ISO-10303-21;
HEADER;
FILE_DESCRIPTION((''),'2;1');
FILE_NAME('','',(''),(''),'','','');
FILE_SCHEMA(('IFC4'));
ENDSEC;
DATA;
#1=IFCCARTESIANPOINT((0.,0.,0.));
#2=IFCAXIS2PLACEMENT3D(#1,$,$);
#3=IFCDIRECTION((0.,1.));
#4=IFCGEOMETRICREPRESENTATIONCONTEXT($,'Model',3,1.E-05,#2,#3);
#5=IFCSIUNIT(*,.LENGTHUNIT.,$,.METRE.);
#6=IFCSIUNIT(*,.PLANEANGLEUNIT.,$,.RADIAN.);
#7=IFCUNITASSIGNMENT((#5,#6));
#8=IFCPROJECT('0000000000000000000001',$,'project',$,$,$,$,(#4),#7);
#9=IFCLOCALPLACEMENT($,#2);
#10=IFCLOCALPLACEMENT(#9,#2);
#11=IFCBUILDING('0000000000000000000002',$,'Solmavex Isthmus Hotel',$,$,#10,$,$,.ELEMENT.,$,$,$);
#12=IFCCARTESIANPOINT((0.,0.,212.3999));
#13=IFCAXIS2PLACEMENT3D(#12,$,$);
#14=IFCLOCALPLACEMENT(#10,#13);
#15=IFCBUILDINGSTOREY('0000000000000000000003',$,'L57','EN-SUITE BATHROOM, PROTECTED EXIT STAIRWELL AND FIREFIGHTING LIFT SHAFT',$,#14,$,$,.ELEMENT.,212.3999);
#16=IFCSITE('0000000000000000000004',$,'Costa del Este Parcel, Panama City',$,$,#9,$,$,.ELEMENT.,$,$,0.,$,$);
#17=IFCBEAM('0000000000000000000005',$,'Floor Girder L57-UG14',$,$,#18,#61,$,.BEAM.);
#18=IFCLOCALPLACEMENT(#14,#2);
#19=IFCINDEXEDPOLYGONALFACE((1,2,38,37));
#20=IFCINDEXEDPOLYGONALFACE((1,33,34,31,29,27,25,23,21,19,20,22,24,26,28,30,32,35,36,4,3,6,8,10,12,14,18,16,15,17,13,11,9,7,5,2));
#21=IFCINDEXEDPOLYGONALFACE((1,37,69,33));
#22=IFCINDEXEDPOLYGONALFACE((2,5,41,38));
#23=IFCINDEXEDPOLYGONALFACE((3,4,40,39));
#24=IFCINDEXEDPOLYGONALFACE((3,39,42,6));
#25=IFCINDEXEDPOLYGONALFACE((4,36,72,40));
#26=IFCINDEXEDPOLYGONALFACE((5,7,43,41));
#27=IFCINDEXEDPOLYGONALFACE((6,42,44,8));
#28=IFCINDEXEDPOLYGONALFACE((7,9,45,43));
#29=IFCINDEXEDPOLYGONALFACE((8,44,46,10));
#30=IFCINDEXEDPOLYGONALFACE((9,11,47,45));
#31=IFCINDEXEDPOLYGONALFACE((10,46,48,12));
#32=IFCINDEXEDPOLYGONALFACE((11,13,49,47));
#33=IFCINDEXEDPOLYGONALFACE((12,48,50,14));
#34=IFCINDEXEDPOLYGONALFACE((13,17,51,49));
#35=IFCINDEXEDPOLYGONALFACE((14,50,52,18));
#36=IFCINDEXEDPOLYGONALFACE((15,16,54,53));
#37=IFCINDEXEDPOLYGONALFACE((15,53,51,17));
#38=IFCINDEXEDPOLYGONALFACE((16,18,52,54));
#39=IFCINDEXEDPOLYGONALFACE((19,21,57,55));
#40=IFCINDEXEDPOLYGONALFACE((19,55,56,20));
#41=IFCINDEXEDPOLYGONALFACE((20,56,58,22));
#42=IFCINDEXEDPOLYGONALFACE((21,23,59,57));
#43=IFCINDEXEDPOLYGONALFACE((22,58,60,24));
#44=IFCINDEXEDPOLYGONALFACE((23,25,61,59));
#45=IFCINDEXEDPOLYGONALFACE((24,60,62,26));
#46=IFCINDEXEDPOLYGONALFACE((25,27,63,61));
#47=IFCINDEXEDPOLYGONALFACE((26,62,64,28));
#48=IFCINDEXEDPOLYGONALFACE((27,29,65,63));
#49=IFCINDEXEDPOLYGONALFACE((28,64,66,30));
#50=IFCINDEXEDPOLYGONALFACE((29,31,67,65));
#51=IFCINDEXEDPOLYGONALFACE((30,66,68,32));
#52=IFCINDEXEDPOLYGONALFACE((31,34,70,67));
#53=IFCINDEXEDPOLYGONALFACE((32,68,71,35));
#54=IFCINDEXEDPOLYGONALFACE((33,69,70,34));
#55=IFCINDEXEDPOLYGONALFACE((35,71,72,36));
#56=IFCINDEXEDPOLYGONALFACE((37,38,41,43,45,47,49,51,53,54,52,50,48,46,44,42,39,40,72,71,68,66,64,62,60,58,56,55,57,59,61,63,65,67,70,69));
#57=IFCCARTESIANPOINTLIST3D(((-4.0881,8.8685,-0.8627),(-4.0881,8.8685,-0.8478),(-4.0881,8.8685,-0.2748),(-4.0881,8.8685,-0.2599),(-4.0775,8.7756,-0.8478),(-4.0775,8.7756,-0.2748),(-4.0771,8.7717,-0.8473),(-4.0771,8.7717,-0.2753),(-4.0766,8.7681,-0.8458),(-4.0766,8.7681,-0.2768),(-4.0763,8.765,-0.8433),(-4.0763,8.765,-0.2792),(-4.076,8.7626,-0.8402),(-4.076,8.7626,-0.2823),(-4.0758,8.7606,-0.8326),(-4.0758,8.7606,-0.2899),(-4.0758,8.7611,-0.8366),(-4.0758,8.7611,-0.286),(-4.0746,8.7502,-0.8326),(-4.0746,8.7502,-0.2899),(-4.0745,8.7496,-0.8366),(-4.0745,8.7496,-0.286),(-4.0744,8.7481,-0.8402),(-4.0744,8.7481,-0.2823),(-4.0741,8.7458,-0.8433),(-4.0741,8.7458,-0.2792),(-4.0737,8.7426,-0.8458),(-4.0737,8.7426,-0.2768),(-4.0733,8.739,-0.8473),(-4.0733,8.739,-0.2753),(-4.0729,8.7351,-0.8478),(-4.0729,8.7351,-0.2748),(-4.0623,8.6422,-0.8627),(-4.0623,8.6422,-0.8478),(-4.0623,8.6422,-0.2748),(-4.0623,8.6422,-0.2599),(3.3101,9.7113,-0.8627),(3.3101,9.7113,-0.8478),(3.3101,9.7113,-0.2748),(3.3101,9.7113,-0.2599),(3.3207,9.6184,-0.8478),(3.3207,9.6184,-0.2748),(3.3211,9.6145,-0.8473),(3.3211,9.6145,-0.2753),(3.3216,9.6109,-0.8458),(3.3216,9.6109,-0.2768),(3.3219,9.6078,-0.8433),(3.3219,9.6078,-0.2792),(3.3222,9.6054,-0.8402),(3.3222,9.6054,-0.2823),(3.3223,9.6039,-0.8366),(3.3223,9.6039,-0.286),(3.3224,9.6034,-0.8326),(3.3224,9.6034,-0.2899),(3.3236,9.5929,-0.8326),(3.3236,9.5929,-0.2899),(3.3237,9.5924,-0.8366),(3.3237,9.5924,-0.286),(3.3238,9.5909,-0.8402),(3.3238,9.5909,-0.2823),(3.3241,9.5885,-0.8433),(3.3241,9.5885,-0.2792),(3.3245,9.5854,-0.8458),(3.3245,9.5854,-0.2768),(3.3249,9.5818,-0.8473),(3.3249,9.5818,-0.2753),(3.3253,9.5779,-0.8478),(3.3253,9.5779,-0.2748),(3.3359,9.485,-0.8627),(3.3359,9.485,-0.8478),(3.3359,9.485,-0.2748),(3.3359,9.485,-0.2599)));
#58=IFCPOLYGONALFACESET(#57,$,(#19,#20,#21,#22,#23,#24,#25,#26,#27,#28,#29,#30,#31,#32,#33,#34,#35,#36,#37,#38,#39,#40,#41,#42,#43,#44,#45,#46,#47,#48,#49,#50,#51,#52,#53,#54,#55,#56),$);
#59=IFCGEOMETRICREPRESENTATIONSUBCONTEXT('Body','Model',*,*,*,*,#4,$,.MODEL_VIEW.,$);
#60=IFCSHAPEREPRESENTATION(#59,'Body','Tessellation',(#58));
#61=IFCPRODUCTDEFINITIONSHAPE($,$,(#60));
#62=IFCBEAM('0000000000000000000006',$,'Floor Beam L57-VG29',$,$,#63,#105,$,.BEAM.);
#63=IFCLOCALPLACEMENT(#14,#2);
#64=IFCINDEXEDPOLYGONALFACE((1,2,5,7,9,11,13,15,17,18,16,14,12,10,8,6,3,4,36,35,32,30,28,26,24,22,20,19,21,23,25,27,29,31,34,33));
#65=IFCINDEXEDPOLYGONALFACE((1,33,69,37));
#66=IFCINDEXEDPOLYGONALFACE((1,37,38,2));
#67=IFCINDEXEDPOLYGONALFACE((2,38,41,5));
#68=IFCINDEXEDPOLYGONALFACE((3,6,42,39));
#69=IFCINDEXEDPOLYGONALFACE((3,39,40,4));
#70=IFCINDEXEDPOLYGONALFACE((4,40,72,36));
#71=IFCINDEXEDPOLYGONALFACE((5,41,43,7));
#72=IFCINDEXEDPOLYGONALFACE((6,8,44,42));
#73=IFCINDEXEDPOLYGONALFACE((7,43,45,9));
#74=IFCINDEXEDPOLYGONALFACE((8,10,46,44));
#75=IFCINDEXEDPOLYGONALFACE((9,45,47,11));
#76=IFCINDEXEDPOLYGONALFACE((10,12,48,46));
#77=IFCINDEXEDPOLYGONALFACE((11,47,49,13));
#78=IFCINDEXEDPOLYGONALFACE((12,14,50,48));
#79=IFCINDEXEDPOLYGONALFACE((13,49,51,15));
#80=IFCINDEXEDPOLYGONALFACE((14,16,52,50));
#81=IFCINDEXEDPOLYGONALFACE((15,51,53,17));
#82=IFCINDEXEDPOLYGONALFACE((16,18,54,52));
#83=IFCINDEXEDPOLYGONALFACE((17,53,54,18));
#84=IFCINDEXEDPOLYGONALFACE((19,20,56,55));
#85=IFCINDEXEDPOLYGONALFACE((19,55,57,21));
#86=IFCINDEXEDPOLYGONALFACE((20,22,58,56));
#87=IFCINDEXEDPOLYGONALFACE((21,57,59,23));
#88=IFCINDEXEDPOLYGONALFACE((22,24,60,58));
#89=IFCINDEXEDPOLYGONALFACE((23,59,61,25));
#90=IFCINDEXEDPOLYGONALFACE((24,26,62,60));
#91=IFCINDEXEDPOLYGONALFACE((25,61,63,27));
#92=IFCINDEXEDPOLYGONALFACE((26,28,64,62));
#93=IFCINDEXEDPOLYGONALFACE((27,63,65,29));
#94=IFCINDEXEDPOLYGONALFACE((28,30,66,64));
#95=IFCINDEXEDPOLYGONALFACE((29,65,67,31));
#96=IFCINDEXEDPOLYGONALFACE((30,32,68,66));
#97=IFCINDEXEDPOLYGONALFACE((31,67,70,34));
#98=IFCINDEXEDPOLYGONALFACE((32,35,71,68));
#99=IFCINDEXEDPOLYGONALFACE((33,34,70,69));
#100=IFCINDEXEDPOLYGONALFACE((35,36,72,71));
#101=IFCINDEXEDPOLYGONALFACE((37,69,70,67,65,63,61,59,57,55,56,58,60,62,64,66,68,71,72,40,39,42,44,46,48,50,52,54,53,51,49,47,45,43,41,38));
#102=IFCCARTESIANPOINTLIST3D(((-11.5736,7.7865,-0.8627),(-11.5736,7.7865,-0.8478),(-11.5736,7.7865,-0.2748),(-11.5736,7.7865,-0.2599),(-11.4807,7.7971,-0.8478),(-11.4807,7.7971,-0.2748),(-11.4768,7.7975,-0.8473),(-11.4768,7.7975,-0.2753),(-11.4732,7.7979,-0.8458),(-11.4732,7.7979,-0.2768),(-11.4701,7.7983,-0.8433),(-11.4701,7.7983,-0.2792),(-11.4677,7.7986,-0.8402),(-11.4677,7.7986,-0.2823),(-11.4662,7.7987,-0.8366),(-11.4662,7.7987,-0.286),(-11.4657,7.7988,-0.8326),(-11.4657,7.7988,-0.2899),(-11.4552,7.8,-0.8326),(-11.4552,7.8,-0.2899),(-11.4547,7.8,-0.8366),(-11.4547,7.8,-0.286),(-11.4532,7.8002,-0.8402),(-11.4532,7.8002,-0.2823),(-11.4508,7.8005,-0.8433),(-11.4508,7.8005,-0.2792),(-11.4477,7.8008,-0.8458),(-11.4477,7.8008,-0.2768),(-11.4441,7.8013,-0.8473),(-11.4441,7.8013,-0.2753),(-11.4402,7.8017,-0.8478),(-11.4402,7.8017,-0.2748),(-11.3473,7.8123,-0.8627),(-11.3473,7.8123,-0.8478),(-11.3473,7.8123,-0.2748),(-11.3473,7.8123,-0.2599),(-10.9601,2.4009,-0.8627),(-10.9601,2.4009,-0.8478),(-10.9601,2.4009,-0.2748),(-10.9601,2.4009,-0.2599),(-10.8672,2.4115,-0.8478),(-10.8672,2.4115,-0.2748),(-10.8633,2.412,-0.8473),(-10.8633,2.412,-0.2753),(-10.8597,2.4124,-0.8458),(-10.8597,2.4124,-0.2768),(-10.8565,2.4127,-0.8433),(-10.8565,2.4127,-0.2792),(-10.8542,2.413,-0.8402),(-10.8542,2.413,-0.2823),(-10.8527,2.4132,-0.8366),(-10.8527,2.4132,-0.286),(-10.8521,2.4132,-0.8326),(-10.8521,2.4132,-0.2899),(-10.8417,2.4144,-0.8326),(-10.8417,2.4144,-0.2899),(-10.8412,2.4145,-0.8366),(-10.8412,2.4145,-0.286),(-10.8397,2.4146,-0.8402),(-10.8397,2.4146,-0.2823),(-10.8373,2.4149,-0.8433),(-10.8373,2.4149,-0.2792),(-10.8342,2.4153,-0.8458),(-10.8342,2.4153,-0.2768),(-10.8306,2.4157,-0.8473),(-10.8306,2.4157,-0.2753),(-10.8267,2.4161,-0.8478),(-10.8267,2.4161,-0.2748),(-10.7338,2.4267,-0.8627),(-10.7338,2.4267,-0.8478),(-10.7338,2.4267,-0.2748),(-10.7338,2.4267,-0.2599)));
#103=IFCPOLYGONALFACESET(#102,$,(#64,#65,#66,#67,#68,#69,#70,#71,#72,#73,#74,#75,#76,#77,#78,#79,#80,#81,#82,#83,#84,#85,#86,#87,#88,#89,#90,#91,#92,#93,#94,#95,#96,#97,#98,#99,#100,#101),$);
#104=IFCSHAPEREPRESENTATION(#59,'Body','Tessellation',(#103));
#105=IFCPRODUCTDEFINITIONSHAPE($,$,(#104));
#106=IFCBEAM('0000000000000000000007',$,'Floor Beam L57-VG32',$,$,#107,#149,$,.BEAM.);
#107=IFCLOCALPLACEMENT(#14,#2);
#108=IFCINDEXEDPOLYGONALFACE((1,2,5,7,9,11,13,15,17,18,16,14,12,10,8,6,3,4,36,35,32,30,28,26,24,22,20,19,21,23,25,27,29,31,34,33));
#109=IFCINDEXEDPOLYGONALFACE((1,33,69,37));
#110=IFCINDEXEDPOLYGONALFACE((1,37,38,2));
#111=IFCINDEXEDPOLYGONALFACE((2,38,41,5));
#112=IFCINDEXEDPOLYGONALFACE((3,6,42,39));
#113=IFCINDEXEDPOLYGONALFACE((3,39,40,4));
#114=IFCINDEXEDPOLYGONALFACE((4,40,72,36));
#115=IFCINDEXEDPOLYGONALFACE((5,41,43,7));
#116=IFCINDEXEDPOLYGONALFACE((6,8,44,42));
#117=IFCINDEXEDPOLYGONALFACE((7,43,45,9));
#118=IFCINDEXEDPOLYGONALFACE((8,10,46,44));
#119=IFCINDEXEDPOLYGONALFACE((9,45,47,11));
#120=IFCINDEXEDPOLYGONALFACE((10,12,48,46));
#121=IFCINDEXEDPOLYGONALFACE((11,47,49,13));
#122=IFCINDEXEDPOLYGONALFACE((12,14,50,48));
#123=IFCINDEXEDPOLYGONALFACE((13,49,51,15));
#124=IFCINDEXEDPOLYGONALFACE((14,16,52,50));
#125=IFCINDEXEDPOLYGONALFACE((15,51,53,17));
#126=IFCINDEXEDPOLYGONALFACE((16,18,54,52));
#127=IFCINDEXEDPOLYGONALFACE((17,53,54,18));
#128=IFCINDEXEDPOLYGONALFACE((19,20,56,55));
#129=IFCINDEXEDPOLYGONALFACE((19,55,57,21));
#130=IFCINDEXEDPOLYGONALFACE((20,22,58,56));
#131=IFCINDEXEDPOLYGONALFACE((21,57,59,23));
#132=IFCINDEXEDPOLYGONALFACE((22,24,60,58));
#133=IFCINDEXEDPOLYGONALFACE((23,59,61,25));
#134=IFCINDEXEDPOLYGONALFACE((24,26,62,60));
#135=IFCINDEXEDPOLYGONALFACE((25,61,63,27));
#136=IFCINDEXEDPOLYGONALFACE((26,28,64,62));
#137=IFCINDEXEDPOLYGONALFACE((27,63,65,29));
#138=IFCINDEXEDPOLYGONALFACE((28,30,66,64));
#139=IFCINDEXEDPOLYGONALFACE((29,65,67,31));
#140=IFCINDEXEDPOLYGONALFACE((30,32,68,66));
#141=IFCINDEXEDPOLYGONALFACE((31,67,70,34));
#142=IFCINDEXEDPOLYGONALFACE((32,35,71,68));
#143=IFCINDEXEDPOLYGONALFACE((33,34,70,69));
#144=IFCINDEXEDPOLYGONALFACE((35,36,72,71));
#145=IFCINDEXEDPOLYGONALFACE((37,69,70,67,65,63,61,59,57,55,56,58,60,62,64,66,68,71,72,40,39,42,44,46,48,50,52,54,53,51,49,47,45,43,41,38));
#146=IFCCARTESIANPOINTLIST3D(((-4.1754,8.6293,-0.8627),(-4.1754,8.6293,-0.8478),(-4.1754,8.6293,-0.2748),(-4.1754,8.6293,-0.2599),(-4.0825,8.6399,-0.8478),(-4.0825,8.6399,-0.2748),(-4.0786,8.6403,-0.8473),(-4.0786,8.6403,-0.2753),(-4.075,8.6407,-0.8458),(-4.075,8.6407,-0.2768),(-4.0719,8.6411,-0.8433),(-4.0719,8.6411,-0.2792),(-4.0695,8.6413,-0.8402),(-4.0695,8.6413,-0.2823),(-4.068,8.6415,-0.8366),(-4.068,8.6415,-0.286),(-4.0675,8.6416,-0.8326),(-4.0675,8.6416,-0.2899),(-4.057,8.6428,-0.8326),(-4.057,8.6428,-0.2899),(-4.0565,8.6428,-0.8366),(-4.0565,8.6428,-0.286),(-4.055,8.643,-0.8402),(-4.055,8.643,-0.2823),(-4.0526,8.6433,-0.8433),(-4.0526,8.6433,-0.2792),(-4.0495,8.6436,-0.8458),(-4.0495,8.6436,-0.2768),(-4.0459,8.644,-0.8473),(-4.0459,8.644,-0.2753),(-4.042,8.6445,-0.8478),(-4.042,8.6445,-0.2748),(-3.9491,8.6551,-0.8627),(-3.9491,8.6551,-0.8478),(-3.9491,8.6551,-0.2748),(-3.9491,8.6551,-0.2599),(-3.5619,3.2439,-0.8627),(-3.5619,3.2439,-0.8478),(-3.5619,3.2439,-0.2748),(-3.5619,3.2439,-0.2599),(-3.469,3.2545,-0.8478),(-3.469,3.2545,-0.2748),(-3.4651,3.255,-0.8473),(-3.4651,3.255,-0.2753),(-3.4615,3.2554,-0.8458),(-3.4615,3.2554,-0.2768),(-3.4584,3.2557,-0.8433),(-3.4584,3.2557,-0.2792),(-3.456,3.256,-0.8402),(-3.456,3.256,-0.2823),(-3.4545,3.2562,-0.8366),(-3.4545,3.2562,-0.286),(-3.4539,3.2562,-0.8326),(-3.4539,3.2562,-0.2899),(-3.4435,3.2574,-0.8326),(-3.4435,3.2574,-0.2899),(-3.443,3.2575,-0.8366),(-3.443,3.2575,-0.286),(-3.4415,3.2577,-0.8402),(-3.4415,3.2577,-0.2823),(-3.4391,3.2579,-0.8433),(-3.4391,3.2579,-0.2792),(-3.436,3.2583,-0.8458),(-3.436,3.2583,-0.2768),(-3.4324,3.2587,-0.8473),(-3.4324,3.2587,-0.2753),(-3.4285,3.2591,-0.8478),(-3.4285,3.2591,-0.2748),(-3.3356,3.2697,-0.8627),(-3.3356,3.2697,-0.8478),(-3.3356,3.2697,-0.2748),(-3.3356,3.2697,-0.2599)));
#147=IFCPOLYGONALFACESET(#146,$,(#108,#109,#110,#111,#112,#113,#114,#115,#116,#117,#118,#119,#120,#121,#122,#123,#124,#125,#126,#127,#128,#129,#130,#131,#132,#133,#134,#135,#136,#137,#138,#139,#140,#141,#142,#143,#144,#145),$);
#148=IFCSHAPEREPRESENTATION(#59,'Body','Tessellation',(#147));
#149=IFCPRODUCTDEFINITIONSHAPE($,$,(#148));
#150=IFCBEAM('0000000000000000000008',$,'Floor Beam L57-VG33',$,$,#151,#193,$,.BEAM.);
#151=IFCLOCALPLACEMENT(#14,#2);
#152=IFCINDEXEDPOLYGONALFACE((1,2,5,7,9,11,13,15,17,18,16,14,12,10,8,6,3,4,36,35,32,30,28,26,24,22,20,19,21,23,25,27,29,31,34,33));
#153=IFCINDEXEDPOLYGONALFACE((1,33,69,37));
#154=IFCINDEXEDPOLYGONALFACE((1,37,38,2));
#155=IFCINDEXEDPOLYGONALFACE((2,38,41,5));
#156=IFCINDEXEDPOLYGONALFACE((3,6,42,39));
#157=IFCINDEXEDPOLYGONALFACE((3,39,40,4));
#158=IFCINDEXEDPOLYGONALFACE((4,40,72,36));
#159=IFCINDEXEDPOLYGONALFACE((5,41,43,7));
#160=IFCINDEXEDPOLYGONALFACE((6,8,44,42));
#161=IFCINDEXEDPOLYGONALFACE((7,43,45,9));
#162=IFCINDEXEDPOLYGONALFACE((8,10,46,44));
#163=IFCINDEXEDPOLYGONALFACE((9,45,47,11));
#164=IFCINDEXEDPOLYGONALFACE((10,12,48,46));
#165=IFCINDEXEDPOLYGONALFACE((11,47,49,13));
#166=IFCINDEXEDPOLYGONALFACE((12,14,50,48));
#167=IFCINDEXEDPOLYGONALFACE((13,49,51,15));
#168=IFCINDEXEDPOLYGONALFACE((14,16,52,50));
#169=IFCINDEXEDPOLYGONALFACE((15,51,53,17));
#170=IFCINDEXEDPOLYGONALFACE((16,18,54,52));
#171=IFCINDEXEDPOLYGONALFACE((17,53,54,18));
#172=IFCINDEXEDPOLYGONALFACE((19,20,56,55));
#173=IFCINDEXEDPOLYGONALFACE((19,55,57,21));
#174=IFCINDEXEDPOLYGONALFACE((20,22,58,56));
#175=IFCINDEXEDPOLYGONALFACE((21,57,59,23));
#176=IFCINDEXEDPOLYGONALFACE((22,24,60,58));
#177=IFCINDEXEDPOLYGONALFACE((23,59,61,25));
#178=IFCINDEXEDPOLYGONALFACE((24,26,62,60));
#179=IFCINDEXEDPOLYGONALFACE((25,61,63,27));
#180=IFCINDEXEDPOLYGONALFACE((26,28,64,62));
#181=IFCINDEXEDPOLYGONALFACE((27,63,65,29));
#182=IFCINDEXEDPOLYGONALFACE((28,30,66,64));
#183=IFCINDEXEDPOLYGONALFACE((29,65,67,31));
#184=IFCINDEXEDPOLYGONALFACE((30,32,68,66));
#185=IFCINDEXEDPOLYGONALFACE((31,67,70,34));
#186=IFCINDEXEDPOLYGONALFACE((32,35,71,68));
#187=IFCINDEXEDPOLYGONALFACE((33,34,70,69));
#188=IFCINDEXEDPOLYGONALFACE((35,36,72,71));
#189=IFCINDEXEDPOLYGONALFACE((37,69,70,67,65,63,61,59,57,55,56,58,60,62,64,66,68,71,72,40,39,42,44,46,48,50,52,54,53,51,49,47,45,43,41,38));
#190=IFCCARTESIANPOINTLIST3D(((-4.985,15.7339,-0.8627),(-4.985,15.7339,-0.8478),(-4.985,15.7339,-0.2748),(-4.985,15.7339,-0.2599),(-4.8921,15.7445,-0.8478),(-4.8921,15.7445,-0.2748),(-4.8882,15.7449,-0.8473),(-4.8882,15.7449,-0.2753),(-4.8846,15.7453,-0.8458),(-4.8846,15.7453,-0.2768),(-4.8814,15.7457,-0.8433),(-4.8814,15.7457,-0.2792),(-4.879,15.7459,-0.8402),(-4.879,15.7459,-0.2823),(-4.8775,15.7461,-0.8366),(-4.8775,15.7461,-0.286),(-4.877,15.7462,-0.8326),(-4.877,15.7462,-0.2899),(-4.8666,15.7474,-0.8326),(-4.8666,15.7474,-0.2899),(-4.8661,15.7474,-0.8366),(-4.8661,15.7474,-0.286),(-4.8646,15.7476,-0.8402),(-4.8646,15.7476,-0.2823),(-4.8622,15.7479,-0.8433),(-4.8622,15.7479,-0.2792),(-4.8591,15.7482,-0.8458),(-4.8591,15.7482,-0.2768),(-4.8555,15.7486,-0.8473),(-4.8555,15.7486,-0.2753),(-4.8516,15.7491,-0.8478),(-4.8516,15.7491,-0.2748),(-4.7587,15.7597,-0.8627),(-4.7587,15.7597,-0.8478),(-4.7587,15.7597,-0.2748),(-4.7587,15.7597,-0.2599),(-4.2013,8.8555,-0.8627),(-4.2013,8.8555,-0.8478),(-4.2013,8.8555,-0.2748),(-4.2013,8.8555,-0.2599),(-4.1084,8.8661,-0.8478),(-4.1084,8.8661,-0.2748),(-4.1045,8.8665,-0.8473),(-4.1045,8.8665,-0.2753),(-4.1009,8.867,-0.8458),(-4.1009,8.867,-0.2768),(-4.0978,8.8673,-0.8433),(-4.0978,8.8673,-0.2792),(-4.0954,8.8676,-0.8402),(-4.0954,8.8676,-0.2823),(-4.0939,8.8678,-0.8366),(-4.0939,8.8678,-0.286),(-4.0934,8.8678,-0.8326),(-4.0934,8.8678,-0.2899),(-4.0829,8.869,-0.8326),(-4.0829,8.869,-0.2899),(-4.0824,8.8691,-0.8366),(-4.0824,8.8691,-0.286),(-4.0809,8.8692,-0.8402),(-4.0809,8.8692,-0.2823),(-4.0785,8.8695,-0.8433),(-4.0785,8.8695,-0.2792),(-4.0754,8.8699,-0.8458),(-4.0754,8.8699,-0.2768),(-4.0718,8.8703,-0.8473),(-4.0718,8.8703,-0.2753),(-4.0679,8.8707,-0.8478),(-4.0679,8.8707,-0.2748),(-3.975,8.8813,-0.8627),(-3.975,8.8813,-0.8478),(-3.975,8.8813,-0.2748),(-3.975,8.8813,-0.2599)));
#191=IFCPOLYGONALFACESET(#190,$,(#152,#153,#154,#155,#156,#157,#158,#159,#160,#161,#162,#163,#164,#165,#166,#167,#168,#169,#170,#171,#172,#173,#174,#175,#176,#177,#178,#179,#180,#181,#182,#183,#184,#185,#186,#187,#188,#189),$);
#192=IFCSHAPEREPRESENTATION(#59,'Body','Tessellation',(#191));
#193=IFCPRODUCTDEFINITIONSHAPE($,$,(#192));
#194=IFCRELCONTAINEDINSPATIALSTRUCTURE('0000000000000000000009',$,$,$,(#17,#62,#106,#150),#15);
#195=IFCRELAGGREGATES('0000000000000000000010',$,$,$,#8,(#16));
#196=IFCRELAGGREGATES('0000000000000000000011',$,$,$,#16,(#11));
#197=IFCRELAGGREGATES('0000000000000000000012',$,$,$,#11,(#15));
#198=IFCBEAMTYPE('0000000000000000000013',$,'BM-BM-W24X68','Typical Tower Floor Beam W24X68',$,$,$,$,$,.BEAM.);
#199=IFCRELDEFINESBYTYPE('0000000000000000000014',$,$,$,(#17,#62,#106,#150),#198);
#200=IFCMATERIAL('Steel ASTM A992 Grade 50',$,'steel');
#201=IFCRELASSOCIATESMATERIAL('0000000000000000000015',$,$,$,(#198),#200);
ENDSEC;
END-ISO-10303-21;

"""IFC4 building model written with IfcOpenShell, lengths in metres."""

from ifc_helpers import new_model, si_unit, direction, frame, origin, origin_2d, place, context, subcontext, project, spatial, i_section, extrude, material, material_profile, profile_set, type_object, element, save


model = new_model("IFC4")

# Units and contexts
model_context = context("Model", 3, precision=1e-05, world=origin(), true_north=direction((0.0, 1.0)))
body_context = subcontext(model_context, "Body", "Model", "MODEL_VIEW")
ifc_project = project(units=[si_unit("LENGTHUNIT", "METRE"), si_unit("PLANEANGLEUNIT", "RADIAN")], contexts=[model_context])

# Site, building, storey
site_placement = place(None, origin())
site = spatial("IfcSite", under=ifc_project, at=site_placement, Name="Costa del Este Parcel, Panama City", CompositionType="ELEMENT", RefElevation=0.0)
building_placement = place(site_placement, origin())
building = spatial("IfcBuilding", under=site, at=building_placement, Name="Solmavex Isthmus Hotel", CompositionType="ELEMENT")
storey_placement = place(building_placement, frame((0.0, 0.0, 212.3999)))
storey = spatial("IfcBuildingStorey", under=building, at=storey_placement, Name="L57", Description="EN-SUITE BATHROOM, PROTECTED EXIT STAIRWELL AND FIREFIGHTING LIFT SHAFT", CompositionType="ELEMENT", Elevation=212.3999)

# Beams
ifc_material_1 = material(Name="Steel ASTM A992 Grade 50", Category="steel")
ifc_material_profile_1 = material_profile(ifc_material_1, i_section(OverallWidth=0.2278, OverallDepth=0.6028, WebThickness=0.0105, FlangeThickness=0.0149, FilletRadius=0.0151, at=origin_2d()), Name="W24X68")
ifc_profile_set_1 = profile_set([ifc_material_profile_1], Name="Steel ASTM A992 Grade 50")
beam_type_1 = type_object("IfcBeamType", Name="BM-BM-W24X68", Description="Typical Tower Floor Beam W24X68", PredefinedType="BEAM", material=ifc_profile_set_1)
beam_1_placement = place(storey_placement, frame((-4.0752, 8.7554, -0.5613), z_axis=(0.993574, 0.113184, 0.0), x_axis=(-0.113184, 0.993574, 0.0)))
element("IfcBeam", 1, at=beam_1_placement, inside=storey, type_object=beam_type_1, Name="Floor Girder L57-UG14", PredefinedType="BEAM", context=body_context, shape_type="SweptSolid", body=[
    extrude(i_section(OverallWidth=0.2278, OverallDepth=0.6028, WebThickness=0.0105, FlangeThickness=0.0149, FilletRadius=0.0151, at=origin_2d()), origin(), (0.0, 0.0, 1.0), 7.446),
])
beam_2_placement = place(storey_placement, frame((-10.8469, 2.4138, -0.5613), z_axis=(-0.11319, 0.993573, 0.0), x_axis=(-0.993573, -0.11319, 0.0)))
element("IfcBeam", 2, at=beam_2_placement, inside=storey, type_object=beam_type_1, Name="Floor Beam L57-VG29", PredefinedType="BEAM", context=body_context, shape_type="SweptSolid", body=[
    extrude(i_section(OverallWidth=0.2278, OverallDepth=0.6028, WebThickness=0.0105, FlangeThickness=0.0149, FilletRadius=0.0151, at=origin_2d()), origin(), (0.0, 0.0, 1.0), 5.4204),
])
beam_3_placement = place(storey_placement, frame((-3.4487, 3.2568, -0.5613), z_axis=(-0.113195, 0.993573, 0.0), x_axis=(-0.993573, -0.113195, 0.0)))
element("IfcBeam", 3, at=beam_3_placement, inside=storey, type_object=beam_type_1, Name="Floor Beam L57-VG32", PredefinedType="BEAM", context=body_context, shape_type="SweptSolid", body=[
    extrude(i_section(OverallWidth=0.2278, OverallDepth=0.6028, WebThickness=0.0105, FlangeThickness=0.0149, FilletRadius=0.0151, at=origin_2d()), origin(), (0.0, 0.0, 1.0), 5.4202),
])
beam_4_placement = place(storey_placement, frame((-4.0881, 8.8684, -0.5613), z_axis=(-0.113202, 0.993572, 0.0), x_axis=(-0.993572, -0.113202, 0.0)))
element("IfcBeam", 4, at=beam_4_placement, inside=storey, type_object=beam_type_1, Name="Floor Beam L57-VG33", PredefinedType="BEAM", context=body_context, shape_type="SweptSolid", body=[
    extrude(i_section(OverallWidth=0.2278, OverallDepth=0.6028, WebThickness=0.0105, FlangeThickness=0.0149, FilletRadius=0.0151, at=origin_2d()), origin(), (0.0, 0.0, 1.0), 6.9229),
])

save(model, "model.ifc")
